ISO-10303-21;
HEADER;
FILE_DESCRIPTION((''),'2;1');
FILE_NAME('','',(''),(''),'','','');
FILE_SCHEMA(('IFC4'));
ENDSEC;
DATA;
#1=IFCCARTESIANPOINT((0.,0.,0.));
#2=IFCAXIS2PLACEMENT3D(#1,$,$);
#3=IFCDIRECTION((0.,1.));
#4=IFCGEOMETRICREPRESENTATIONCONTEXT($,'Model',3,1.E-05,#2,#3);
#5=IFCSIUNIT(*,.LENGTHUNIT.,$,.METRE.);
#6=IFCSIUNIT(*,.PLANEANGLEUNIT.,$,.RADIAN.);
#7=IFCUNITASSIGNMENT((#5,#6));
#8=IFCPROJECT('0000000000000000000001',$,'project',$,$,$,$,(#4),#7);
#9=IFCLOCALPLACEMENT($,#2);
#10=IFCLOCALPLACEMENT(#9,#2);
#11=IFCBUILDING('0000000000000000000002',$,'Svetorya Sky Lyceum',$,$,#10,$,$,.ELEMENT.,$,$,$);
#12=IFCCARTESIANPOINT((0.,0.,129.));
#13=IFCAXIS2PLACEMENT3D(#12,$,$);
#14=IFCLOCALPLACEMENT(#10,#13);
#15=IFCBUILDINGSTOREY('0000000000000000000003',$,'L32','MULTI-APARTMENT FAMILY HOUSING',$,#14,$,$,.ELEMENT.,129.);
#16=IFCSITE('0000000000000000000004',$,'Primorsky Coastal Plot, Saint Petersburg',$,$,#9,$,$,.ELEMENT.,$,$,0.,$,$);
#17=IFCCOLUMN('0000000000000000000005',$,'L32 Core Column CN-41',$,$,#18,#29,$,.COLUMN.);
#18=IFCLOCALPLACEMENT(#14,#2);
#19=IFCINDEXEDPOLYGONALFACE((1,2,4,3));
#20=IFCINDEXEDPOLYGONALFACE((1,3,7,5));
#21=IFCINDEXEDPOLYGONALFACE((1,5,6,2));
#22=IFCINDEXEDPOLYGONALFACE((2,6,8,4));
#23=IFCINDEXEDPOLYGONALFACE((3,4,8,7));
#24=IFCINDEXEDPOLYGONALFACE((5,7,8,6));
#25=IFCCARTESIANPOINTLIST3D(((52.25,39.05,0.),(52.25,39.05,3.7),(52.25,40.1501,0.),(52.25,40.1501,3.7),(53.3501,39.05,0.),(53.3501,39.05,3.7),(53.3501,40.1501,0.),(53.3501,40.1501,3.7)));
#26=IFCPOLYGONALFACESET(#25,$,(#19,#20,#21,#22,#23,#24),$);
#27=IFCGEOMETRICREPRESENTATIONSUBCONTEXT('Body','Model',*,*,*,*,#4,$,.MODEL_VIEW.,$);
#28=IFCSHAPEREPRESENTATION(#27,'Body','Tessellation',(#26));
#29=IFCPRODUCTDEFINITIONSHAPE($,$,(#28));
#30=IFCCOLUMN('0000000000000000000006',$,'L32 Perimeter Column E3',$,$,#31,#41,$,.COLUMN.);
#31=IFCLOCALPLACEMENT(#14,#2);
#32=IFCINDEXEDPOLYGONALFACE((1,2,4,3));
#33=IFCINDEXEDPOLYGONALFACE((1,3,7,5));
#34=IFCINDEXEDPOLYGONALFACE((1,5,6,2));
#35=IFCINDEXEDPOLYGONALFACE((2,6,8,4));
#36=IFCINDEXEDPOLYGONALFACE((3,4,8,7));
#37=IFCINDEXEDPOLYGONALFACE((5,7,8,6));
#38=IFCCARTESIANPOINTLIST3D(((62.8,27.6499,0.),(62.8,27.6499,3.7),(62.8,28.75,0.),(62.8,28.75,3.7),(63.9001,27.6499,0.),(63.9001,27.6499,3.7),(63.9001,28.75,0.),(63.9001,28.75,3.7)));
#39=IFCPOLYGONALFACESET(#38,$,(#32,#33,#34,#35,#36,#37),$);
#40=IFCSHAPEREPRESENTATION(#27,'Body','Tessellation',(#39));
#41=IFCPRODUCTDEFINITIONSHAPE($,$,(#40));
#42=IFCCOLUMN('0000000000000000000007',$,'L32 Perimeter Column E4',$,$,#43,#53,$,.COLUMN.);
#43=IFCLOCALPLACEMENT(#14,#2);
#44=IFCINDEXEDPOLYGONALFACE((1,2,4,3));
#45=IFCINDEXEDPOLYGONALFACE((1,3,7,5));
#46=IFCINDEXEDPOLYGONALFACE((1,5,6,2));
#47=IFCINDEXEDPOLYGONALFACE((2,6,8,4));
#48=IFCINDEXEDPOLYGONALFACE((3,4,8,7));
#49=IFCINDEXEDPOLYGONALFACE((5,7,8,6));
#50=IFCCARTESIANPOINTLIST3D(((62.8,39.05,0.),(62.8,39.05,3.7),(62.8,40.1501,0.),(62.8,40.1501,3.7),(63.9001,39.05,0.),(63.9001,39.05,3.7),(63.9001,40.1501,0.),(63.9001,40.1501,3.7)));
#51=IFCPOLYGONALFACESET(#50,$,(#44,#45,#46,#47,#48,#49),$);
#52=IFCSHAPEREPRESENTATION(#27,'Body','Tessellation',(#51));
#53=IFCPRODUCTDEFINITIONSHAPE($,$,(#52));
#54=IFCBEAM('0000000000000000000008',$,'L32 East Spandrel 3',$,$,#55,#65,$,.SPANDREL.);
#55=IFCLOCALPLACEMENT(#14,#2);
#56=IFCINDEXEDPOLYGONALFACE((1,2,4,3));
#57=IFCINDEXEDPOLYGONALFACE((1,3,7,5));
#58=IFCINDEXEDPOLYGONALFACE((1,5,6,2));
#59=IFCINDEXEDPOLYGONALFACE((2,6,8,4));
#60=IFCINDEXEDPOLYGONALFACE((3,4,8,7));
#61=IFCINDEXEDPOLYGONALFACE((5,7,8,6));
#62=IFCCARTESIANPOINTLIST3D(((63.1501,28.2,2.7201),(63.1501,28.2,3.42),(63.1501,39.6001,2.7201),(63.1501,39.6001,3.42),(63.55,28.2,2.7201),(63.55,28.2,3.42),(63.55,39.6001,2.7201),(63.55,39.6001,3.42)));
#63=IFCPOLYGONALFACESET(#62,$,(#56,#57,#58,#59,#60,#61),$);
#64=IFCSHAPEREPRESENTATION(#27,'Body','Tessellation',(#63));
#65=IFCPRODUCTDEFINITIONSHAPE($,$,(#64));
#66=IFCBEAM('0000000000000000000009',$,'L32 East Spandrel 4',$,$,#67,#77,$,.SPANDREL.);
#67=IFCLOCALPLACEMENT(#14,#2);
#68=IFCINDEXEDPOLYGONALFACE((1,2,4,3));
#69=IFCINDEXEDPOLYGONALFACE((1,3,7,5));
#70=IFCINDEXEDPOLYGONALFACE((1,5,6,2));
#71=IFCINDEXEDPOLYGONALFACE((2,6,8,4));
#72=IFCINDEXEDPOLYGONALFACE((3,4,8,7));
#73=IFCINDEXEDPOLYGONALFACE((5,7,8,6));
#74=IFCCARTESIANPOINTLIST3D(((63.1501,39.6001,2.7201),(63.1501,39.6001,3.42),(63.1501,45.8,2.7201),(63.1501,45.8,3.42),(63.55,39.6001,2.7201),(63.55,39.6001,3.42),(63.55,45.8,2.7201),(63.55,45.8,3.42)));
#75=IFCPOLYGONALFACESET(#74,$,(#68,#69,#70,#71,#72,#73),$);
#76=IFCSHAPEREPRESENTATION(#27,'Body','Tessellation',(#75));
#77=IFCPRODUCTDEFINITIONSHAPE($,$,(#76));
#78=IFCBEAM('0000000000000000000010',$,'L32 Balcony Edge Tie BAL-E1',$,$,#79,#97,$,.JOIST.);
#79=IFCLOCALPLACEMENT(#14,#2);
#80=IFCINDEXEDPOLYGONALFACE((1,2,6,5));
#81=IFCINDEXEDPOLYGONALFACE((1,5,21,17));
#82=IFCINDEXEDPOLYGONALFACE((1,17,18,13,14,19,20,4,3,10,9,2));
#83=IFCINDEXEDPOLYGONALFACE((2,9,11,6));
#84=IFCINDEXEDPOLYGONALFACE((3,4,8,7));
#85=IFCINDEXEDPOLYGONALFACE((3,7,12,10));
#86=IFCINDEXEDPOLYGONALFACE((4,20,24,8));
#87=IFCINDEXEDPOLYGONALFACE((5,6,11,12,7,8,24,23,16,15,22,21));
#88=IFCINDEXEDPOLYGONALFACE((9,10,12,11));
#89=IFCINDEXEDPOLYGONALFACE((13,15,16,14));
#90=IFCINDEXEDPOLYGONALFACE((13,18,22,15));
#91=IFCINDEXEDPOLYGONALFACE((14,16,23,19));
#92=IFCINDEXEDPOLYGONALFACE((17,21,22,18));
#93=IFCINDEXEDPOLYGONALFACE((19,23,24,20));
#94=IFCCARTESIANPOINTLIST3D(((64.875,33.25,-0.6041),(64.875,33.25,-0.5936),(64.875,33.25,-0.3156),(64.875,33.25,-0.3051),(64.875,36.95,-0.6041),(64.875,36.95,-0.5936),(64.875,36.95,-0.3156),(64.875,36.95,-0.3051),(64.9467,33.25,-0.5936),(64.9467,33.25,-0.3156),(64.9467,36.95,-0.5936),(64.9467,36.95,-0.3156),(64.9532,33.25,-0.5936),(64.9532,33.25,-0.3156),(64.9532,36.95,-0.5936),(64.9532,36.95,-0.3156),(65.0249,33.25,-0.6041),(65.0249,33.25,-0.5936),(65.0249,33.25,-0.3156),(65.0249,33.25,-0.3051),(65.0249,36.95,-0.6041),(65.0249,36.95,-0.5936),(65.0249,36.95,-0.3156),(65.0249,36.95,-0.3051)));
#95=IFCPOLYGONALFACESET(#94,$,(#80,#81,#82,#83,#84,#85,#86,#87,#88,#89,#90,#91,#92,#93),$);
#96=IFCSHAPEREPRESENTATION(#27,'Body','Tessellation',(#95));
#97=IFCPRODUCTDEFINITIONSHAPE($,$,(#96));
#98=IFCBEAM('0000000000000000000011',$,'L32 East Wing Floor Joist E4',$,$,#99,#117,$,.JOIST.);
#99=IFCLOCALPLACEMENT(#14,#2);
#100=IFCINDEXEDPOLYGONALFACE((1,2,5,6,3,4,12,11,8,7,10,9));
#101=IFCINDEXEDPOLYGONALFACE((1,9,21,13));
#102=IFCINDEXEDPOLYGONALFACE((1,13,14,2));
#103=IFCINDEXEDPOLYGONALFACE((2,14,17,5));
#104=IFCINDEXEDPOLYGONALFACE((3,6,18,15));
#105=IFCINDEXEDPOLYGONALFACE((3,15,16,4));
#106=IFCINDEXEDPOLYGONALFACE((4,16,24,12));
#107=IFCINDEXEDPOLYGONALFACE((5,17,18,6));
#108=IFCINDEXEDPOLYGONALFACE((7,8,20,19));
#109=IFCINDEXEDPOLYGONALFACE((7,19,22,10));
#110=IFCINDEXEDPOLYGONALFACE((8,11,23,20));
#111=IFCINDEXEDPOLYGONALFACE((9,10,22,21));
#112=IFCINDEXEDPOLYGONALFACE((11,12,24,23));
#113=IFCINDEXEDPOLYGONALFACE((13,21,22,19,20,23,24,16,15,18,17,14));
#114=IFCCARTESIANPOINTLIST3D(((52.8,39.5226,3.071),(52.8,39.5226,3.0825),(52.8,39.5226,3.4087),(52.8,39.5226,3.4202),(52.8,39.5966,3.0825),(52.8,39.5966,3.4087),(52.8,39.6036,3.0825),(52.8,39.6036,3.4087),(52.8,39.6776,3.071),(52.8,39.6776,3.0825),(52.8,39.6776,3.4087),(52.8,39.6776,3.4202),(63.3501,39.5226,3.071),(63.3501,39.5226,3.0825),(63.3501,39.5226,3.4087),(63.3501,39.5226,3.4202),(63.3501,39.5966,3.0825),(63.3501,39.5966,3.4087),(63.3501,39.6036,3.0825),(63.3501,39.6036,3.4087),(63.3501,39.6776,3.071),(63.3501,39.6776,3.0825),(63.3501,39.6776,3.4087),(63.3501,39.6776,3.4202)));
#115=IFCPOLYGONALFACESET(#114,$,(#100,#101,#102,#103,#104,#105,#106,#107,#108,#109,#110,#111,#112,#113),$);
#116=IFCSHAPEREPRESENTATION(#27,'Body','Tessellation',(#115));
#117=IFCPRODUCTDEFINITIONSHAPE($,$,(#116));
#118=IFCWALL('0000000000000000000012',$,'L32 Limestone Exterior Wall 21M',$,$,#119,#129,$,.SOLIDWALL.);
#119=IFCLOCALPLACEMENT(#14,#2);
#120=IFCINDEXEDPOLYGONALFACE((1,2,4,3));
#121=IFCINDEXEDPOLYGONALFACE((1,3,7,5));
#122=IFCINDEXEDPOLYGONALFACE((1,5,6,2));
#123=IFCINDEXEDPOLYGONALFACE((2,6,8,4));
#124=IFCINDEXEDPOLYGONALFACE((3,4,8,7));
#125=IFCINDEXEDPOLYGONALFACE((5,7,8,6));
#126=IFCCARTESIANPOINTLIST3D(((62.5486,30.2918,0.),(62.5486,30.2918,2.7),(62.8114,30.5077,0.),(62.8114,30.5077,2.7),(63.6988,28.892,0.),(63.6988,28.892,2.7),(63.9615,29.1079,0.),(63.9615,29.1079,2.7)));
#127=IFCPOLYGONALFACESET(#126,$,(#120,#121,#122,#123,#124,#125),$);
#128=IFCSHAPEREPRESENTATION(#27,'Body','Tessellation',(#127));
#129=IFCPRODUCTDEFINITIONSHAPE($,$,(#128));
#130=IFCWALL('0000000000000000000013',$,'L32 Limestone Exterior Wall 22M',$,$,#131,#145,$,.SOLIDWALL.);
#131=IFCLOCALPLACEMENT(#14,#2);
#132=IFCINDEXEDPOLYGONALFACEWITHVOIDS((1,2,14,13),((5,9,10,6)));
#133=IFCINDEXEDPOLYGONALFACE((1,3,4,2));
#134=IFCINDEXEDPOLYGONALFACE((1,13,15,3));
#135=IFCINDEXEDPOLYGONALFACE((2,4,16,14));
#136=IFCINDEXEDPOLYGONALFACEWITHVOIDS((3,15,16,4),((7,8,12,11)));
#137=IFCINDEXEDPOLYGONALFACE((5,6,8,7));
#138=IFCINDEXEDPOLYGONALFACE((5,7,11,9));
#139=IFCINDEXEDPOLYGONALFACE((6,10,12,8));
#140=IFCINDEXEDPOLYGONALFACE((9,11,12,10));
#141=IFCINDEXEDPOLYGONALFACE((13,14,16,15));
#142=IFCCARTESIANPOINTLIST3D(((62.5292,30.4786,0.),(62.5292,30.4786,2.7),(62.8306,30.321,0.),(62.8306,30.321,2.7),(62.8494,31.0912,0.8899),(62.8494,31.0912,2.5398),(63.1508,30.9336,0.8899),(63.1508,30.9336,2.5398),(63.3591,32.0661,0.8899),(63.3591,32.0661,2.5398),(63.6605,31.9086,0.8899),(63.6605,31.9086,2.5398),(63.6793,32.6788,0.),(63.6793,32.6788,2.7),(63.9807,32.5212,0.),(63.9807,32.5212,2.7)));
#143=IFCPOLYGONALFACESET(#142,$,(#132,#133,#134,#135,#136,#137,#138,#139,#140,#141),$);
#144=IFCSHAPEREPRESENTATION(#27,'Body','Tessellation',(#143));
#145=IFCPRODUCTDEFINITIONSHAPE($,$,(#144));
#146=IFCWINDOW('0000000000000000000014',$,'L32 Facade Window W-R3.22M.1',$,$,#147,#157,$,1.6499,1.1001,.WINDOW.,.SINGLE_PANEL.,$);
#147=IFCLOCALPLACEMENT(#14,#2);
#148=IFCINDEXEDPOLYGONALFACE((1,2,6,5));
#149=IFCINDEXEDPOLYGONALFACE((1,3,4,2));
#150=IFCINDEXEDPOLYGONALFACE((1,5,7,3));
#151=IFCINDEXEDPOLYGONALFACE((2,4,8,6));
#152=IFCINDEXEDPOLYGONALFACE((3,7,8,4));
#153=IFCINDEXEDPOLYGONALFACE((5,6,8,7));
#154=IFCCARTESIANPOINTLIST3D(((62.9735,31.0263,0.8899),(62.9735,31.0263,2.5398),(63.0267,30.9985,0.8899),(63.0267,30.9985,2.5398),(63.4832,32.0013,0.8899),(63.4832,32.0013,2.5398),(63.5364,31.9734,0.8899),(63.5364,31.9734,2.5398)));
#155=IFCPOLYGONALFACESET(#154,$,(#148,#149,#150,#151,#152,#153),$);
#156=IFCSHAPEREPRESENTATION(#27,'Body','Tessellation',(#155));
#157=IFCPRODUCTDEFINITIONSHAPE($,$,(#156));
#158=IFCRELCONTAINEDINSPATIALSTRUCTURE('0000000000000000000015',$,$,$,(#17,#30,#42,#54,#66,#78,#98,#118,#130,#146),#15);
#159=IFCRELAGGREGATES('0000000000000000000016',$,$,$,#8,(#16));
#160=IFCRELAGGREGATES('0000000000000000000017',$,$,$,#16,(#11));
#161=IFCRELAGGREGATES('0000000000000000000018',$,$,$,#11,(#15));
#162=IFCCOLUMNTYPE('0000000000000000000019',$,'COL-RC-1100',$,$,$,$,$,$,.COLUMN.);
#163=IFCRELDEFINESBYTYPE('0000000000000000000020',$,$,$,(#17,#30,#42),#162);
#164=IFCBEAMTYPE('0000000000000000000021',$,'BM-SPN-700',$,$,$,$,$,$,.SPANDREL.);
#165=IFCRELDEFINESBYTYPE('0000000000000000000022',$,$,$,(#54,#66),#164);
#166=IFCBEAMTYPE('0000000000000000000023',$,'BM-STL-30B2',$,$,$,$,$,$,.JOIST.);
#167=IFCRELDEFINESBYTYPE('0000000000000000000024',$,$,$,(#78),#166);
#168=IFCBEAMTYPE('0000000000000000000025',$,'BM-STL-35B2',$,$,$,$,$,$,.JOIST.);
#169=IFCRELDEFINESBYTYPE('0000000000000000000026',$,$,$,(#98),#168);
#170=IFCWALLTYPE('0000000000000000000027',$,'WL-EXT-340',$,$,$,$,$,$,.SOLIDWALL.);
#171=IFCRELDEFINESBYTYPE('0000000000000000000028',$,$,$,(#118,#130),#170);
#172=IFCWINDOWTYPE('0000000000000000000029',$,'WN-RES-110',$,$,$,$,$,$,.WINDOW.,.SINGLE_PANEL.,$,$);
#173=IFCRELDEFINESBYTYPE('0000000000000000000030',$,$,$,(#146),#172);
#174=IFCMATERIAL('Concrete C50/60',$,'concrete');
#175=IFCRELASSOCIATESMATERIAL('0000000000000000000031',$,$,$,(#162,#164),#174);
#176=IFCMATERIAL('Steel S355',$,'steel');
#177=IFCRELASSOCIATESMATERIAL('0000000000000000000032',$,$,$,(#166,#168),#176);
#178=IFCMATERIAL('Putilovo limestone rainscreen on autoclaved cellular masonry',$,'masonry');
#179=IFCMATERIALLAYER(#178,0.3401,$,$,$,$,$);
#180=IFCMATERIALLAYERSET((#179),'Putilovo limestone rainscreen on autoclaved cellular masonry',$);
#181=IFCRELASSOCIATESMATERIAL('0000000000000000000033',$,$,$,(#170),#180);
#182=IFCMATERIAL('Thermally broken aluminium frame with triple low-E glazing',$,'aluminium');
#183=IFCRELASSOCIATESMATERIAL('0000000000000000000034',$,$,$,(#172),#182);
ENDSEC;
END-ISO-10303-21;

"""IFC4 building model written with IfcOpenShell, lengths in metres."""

from ifc_helpers import new_model, si_unit, direction, frame, frame_2d, origin, origin_2d, place, context, subcontext, project, spatial, rectangle, i_section, extrude, material, layer, layer_set, material_profile, profile_set, type_object, element, fill, save


model = new_model("IFC4")

# Units and contexts
model_context = context("Model", 3, precision=1e-05, world=origin(), true_north=direction((0.0, 1.0)))
body_context = subcontext(model_context, "Body", "Model", "MODEL_VIEW")
ifc_project = project(units=[si_unit("LENGTHUNIT", "METRE"), si_unit("PLANEANGLEUNIT", "RADIAN")], contexts=[model_context])

# Site, building, storey
site_placement = place(None, origin())
site = spatial("IfcSite", under=ifc_project, at=site_placement, Name="Primorsky Coastal Plot, Saint Petersburg", CompositionType="ELEMENT", RefElevation=0.0)
building_placement = place(site_placement, origin())
building = spatial("IfcBuilding", under=site, at=building_placement, Name="Svetorya Sky Lyceum", CompositionType="ELEMENT")
storey_placement = place(building_placement, frame((0.0, 0.0, 129.0)))
storey = spatial("IfcBuildingStorey", under=building, at=storey_placement, Name="L32", Description="MULTI-APARTMENT FAMILY HOUSING", CompositionType="ELEMENT", Elevation=129.0)

# Columns
ifc_material_1 = material(Name="Concrete C50/60", Category="concrete")
ifc_material_profile_1 = material_profile(ifc_material_1, rectangle(XDim=1.1001, YDim=1.1001, at=origin_2d()), Name="RC COL 1100x1100")
ifc_profile_set_1 = profile_set([ifc_material_profile_1], Name="Concrete C50/60")
column_type = type_object("IfcColumnType", Name="COL-RC-1100", PredefinedType="COLUMN", material=ifc_profile_set_1)
for number, where, z_axis, x_axis, name in (
    (1, (52.8, 39.6001, 0.0), (0.0, 0.0, 1.0), (1.0, 0.0, 0.0), "L32 Core Column CN-41"),
    (2, (63.3501, 28.2, 0.0), (0.0, 0.0, 1.0), (1.0, 0.0, 0.0), "L32 Perimeter Column E3"),
    (3, (63.3501, 39.6001, 0.0), (0.0, 0.0, 1.0), (1.0, 0.0, 0.0), "L32 Perimeter Column E4"),
):
    element("IfcColumn", number, at=place(storey_placement, frame(where, z_axis=z_axis, x_axis=x_axis)), inside=storey, type_object=column_type, Name=name, PredefinedType="COLUMN", context=body_context, shape_type="SweptSolid", body=[
        extrude(rectangle(XDim=1.1001, YDim=1.1001, at=origin_2d()), origin(), (0.0, 0.0, 1.0), 3.7),
    ])

# Beams
ifc_material_profile_2 = material_profile(ifc_material_1, rectangle(XDim=0.3999, YDim=0.7, at=origin_2d()), Name="RC SPANDREL 400x700")
ifc_profile_set_2 = profile_set([ifc_material_profile_2], Name="Concrete C50/60")
beam_type_1 = type_object("IfcBeamType", Name="BM-SPN-700", PredefinedType="SPANDREL", material=ifc_profile_set_2)
beam_1_placement = place(storey_placement, frame((63.3501, 28.2, 3.0701), z_axis=(0.0, 1.0, 0.0), x_axis=(-1.0, 0.0, 0.0)))
element("IfcBeam", 4, at=beam_1_placement, inside=storey, type_object=beam_type_1, Name="L32 East Spandrel 3", PredefinedType="SPANDREL", context=body_context, shape_type="SweptSolid", body=[
    extrude(rectangle(XDim=0.3999, YDim=0.7, at=origin_2d()), origin(), (0.0, 0.0, 1.0), 11.4001),
])
beam_2_placement = place(storey_placement, frame((63.3501, 39.6001, 3.0701), z_axis=(0.0, 1.0, 0.0), x_axis=(-1.0, 0.0, 0.0)))
element("IfcBeam", 5, at=beam_2_placement, inside=storey, type_object=beam_type_1, Name="L32 East Spandrel 4", PredefinedType="SPANDREL", context=body_context, shape_type="SweptSolid", body=[
    extrude(rectangle(XDim=0.3999, YDim=0.7, at=origin_2d()), origin(), (0.0, 0.0, 1.0), 6.2),
])
ifc_material_2 = material(Name="Steel S355", Category="steel")
ifc_material_profile_3 = material_profile(ifc_material_2, i_section(OverallWidth=0.1499, OverallDepth=0.2991, WebThickness=0.0066, FlangeThickness=0.0105, at=origin_2d()), Name="GOST 30B2")
ifc_profile_set_3 = profile_set([ifc_material_profile_3], Name="Steel S355")
beam_type_2 = type_object("IfcBeamType", Name="BM-STL-30B2", PredefinedType="JOIST", material=ifc_profile_set_3)
beam_3_placement = place(storey_placement, frame((64.95, 33.25, -0.4546), z_axis=(0.0, 1.0, 0.0), x_axis=(-1.0, 0.0, 0.0)))
element("IfcBeam", 6, at=beam_3_placement, inside=storey, type_object=beam_type_2, Name="L32 Balcony Edge Tie BAL-E1", PredefinedType="JOIST", context=body_context, shape_type="SweptSolid", body=[
    extrude(i_section(OverallWidth=0.1499, OverallDepth=0.2991, WebThickness=0.0066, FlangeThickness=0.0105, at=origin_2d()), origin(), (0.0, 0.0, 1.0), 3.7),
])
ifc_material_profile_4 = material_profile(ifc_material_2, i_section(OverallWidth=0.155, OverallDepth=0.3491, WebThickness=0.0071, FlangeThickness=0.0115, at=origin_2d()), Name="GOST 35B2")
ifc_profile_set_4 = profile_set([ifc_material_profile_4], Name="Steel S355")
beam_type_3 = type_object("IfcBeamType", Name="BM-STL-35B2", PredefinedType="JOIST", material=ifc_profile_set_4)
beam_4_placement = place(storey_placement, frame((52.8, 39.6001, 3.2456), z_axis=(1.0, 0.0, 0.0), x_axis=(0.0, 1.0, 0.0)))
element("IfcBeam", 7, at=beam_4_placement, inside=storey, type_object=beam_type_3, Name="L32 East Wing Floor Joist E4", PredefinedType="JOIST", context=body_context, shape_type="SweptSolid", body=[
    extrude(i_section(OverallWidth=0.155, OverallDepth=0.3491, WebThickness=0.0071, FlangeThickness=0.0115, at=origin_2d()), origin(), (0.0, 0.0, 1.0), 10.55),
])

# Wall
ifc_material_3 = material(Name="Putilovo limestone rainscreen on autoclaved cellular masonry", Category="masonry")
ifc_layer_1 = layer(ifc_material_3, 0.3401)
ifc_layer_set_1 = layer_set([ifc_layer_1], Name="Putilovo limestone rainscreen on autoclaved cellular masonry")
wall_type_1 = type_object("IfcWallType", Name="WL-EXT-340", PredefinedType="SOLIDWALL", material=ifc_layer_set_1)
wall_1_placement = place(storey_placement, frame((63.8301, 29.0, 0.0), z_axis=(0.0, 0.0, 1.0), x_axis=(-0.634814, 0.772665, 0.0)))
element("IfcWall", 8, at=wall_1_placement, inside=storey, type_object=wall_type_1, Name="L32 Limestone Exterior Wall 21M", PredefinedType="SOLIDWALL", context=body_context, shape_type="SweptSolid", body=[
    extrude(rectangle(XDim=1.8118, YDim=0.3401, at=frame_2d((0.9058, 0.0))), origin(), (0.0, 0.0, 1.0), 2.7),
])

# Wall, opening, window
wall_2_placement = place(storey_placement, frame((62.6799, 30.3999, 0.0), z_axis=(0.0, 0.0, 1.0), x_axis=(0.463268, 0.886218, 0.0)))
wall_2 = element("IfcWall", 9, at=wall_2_placement, inside=storey, type_object=wall_type_1, Name="L32 Limestone Exterior Wall 22M", PredefinedType="SOLIDWALL", context=body_context, shape_type="SweptSolid", body=[
    extrude(rectangle(XDim=2.4827, YDim=0.3401, at=frame_2d((1.2412, 0.0))), origin(), (0.0, 0.0, 1.0), 2.7),
])
opening_1_placement = place(wall_2_placement, frame((0.6912, 0.0, 0.8899)))
opening_1 = element("IfcOpeningElement", 10, at=opening_1_placement, cuts=wall_2, PredefinedType="OPENING", context=body_context, shape_type="SweptSolid", body=[
    extrude(rectangle(XDim=1.1001, YDim=1.6499, at=frame_2d((0.55, 0.825))), frame((0.0, 0.1799, 0.0), z_axis=(0.0, -1.0, 0.0), x_axis=(1.0, 0.0, 0.0)), (0.0, 0.0, 1.0), 0.3601),
])
ifc_material_4 = material(Name="Thermally broken aluminium frame with triple low-E glazing", Category="aluminium")
window_type_1 = type_object("IfcWindowType", Name="WN-RES-110", PartitioningType="SINGLE_PANEL", PredefinedType="WINDOW", material=ifc_material_4)
window_1_placement = place(opening_1_placement, origin())
window_1 = element("IfcWindow", 11, at=window_1_placement, inside=storey, type_object=window_type_1, Name="L32 Facade Window W-R3.22M.1", OverallHeight=1.6499, OverallWidth=1.1001, PartitioningType="SINGLE_PANEL", PredefinedType="WINDOW", context=body_context, shape_type="SweptSolid", body=[
    extrude(rectangle(XDim=1.1001, YDim=1.6499, at=frame_2d((0.55, 0.825))), frame((0.0, 0.03, 0.0), z_axis=(0.0, -1.0, 0.0), x_axis=(1.0, 0.0, 0.0)), (0.0, 0.0, 1.0), 0.0601),
])
fill(opening_1, window_1)

save(model, "model.ifc")
